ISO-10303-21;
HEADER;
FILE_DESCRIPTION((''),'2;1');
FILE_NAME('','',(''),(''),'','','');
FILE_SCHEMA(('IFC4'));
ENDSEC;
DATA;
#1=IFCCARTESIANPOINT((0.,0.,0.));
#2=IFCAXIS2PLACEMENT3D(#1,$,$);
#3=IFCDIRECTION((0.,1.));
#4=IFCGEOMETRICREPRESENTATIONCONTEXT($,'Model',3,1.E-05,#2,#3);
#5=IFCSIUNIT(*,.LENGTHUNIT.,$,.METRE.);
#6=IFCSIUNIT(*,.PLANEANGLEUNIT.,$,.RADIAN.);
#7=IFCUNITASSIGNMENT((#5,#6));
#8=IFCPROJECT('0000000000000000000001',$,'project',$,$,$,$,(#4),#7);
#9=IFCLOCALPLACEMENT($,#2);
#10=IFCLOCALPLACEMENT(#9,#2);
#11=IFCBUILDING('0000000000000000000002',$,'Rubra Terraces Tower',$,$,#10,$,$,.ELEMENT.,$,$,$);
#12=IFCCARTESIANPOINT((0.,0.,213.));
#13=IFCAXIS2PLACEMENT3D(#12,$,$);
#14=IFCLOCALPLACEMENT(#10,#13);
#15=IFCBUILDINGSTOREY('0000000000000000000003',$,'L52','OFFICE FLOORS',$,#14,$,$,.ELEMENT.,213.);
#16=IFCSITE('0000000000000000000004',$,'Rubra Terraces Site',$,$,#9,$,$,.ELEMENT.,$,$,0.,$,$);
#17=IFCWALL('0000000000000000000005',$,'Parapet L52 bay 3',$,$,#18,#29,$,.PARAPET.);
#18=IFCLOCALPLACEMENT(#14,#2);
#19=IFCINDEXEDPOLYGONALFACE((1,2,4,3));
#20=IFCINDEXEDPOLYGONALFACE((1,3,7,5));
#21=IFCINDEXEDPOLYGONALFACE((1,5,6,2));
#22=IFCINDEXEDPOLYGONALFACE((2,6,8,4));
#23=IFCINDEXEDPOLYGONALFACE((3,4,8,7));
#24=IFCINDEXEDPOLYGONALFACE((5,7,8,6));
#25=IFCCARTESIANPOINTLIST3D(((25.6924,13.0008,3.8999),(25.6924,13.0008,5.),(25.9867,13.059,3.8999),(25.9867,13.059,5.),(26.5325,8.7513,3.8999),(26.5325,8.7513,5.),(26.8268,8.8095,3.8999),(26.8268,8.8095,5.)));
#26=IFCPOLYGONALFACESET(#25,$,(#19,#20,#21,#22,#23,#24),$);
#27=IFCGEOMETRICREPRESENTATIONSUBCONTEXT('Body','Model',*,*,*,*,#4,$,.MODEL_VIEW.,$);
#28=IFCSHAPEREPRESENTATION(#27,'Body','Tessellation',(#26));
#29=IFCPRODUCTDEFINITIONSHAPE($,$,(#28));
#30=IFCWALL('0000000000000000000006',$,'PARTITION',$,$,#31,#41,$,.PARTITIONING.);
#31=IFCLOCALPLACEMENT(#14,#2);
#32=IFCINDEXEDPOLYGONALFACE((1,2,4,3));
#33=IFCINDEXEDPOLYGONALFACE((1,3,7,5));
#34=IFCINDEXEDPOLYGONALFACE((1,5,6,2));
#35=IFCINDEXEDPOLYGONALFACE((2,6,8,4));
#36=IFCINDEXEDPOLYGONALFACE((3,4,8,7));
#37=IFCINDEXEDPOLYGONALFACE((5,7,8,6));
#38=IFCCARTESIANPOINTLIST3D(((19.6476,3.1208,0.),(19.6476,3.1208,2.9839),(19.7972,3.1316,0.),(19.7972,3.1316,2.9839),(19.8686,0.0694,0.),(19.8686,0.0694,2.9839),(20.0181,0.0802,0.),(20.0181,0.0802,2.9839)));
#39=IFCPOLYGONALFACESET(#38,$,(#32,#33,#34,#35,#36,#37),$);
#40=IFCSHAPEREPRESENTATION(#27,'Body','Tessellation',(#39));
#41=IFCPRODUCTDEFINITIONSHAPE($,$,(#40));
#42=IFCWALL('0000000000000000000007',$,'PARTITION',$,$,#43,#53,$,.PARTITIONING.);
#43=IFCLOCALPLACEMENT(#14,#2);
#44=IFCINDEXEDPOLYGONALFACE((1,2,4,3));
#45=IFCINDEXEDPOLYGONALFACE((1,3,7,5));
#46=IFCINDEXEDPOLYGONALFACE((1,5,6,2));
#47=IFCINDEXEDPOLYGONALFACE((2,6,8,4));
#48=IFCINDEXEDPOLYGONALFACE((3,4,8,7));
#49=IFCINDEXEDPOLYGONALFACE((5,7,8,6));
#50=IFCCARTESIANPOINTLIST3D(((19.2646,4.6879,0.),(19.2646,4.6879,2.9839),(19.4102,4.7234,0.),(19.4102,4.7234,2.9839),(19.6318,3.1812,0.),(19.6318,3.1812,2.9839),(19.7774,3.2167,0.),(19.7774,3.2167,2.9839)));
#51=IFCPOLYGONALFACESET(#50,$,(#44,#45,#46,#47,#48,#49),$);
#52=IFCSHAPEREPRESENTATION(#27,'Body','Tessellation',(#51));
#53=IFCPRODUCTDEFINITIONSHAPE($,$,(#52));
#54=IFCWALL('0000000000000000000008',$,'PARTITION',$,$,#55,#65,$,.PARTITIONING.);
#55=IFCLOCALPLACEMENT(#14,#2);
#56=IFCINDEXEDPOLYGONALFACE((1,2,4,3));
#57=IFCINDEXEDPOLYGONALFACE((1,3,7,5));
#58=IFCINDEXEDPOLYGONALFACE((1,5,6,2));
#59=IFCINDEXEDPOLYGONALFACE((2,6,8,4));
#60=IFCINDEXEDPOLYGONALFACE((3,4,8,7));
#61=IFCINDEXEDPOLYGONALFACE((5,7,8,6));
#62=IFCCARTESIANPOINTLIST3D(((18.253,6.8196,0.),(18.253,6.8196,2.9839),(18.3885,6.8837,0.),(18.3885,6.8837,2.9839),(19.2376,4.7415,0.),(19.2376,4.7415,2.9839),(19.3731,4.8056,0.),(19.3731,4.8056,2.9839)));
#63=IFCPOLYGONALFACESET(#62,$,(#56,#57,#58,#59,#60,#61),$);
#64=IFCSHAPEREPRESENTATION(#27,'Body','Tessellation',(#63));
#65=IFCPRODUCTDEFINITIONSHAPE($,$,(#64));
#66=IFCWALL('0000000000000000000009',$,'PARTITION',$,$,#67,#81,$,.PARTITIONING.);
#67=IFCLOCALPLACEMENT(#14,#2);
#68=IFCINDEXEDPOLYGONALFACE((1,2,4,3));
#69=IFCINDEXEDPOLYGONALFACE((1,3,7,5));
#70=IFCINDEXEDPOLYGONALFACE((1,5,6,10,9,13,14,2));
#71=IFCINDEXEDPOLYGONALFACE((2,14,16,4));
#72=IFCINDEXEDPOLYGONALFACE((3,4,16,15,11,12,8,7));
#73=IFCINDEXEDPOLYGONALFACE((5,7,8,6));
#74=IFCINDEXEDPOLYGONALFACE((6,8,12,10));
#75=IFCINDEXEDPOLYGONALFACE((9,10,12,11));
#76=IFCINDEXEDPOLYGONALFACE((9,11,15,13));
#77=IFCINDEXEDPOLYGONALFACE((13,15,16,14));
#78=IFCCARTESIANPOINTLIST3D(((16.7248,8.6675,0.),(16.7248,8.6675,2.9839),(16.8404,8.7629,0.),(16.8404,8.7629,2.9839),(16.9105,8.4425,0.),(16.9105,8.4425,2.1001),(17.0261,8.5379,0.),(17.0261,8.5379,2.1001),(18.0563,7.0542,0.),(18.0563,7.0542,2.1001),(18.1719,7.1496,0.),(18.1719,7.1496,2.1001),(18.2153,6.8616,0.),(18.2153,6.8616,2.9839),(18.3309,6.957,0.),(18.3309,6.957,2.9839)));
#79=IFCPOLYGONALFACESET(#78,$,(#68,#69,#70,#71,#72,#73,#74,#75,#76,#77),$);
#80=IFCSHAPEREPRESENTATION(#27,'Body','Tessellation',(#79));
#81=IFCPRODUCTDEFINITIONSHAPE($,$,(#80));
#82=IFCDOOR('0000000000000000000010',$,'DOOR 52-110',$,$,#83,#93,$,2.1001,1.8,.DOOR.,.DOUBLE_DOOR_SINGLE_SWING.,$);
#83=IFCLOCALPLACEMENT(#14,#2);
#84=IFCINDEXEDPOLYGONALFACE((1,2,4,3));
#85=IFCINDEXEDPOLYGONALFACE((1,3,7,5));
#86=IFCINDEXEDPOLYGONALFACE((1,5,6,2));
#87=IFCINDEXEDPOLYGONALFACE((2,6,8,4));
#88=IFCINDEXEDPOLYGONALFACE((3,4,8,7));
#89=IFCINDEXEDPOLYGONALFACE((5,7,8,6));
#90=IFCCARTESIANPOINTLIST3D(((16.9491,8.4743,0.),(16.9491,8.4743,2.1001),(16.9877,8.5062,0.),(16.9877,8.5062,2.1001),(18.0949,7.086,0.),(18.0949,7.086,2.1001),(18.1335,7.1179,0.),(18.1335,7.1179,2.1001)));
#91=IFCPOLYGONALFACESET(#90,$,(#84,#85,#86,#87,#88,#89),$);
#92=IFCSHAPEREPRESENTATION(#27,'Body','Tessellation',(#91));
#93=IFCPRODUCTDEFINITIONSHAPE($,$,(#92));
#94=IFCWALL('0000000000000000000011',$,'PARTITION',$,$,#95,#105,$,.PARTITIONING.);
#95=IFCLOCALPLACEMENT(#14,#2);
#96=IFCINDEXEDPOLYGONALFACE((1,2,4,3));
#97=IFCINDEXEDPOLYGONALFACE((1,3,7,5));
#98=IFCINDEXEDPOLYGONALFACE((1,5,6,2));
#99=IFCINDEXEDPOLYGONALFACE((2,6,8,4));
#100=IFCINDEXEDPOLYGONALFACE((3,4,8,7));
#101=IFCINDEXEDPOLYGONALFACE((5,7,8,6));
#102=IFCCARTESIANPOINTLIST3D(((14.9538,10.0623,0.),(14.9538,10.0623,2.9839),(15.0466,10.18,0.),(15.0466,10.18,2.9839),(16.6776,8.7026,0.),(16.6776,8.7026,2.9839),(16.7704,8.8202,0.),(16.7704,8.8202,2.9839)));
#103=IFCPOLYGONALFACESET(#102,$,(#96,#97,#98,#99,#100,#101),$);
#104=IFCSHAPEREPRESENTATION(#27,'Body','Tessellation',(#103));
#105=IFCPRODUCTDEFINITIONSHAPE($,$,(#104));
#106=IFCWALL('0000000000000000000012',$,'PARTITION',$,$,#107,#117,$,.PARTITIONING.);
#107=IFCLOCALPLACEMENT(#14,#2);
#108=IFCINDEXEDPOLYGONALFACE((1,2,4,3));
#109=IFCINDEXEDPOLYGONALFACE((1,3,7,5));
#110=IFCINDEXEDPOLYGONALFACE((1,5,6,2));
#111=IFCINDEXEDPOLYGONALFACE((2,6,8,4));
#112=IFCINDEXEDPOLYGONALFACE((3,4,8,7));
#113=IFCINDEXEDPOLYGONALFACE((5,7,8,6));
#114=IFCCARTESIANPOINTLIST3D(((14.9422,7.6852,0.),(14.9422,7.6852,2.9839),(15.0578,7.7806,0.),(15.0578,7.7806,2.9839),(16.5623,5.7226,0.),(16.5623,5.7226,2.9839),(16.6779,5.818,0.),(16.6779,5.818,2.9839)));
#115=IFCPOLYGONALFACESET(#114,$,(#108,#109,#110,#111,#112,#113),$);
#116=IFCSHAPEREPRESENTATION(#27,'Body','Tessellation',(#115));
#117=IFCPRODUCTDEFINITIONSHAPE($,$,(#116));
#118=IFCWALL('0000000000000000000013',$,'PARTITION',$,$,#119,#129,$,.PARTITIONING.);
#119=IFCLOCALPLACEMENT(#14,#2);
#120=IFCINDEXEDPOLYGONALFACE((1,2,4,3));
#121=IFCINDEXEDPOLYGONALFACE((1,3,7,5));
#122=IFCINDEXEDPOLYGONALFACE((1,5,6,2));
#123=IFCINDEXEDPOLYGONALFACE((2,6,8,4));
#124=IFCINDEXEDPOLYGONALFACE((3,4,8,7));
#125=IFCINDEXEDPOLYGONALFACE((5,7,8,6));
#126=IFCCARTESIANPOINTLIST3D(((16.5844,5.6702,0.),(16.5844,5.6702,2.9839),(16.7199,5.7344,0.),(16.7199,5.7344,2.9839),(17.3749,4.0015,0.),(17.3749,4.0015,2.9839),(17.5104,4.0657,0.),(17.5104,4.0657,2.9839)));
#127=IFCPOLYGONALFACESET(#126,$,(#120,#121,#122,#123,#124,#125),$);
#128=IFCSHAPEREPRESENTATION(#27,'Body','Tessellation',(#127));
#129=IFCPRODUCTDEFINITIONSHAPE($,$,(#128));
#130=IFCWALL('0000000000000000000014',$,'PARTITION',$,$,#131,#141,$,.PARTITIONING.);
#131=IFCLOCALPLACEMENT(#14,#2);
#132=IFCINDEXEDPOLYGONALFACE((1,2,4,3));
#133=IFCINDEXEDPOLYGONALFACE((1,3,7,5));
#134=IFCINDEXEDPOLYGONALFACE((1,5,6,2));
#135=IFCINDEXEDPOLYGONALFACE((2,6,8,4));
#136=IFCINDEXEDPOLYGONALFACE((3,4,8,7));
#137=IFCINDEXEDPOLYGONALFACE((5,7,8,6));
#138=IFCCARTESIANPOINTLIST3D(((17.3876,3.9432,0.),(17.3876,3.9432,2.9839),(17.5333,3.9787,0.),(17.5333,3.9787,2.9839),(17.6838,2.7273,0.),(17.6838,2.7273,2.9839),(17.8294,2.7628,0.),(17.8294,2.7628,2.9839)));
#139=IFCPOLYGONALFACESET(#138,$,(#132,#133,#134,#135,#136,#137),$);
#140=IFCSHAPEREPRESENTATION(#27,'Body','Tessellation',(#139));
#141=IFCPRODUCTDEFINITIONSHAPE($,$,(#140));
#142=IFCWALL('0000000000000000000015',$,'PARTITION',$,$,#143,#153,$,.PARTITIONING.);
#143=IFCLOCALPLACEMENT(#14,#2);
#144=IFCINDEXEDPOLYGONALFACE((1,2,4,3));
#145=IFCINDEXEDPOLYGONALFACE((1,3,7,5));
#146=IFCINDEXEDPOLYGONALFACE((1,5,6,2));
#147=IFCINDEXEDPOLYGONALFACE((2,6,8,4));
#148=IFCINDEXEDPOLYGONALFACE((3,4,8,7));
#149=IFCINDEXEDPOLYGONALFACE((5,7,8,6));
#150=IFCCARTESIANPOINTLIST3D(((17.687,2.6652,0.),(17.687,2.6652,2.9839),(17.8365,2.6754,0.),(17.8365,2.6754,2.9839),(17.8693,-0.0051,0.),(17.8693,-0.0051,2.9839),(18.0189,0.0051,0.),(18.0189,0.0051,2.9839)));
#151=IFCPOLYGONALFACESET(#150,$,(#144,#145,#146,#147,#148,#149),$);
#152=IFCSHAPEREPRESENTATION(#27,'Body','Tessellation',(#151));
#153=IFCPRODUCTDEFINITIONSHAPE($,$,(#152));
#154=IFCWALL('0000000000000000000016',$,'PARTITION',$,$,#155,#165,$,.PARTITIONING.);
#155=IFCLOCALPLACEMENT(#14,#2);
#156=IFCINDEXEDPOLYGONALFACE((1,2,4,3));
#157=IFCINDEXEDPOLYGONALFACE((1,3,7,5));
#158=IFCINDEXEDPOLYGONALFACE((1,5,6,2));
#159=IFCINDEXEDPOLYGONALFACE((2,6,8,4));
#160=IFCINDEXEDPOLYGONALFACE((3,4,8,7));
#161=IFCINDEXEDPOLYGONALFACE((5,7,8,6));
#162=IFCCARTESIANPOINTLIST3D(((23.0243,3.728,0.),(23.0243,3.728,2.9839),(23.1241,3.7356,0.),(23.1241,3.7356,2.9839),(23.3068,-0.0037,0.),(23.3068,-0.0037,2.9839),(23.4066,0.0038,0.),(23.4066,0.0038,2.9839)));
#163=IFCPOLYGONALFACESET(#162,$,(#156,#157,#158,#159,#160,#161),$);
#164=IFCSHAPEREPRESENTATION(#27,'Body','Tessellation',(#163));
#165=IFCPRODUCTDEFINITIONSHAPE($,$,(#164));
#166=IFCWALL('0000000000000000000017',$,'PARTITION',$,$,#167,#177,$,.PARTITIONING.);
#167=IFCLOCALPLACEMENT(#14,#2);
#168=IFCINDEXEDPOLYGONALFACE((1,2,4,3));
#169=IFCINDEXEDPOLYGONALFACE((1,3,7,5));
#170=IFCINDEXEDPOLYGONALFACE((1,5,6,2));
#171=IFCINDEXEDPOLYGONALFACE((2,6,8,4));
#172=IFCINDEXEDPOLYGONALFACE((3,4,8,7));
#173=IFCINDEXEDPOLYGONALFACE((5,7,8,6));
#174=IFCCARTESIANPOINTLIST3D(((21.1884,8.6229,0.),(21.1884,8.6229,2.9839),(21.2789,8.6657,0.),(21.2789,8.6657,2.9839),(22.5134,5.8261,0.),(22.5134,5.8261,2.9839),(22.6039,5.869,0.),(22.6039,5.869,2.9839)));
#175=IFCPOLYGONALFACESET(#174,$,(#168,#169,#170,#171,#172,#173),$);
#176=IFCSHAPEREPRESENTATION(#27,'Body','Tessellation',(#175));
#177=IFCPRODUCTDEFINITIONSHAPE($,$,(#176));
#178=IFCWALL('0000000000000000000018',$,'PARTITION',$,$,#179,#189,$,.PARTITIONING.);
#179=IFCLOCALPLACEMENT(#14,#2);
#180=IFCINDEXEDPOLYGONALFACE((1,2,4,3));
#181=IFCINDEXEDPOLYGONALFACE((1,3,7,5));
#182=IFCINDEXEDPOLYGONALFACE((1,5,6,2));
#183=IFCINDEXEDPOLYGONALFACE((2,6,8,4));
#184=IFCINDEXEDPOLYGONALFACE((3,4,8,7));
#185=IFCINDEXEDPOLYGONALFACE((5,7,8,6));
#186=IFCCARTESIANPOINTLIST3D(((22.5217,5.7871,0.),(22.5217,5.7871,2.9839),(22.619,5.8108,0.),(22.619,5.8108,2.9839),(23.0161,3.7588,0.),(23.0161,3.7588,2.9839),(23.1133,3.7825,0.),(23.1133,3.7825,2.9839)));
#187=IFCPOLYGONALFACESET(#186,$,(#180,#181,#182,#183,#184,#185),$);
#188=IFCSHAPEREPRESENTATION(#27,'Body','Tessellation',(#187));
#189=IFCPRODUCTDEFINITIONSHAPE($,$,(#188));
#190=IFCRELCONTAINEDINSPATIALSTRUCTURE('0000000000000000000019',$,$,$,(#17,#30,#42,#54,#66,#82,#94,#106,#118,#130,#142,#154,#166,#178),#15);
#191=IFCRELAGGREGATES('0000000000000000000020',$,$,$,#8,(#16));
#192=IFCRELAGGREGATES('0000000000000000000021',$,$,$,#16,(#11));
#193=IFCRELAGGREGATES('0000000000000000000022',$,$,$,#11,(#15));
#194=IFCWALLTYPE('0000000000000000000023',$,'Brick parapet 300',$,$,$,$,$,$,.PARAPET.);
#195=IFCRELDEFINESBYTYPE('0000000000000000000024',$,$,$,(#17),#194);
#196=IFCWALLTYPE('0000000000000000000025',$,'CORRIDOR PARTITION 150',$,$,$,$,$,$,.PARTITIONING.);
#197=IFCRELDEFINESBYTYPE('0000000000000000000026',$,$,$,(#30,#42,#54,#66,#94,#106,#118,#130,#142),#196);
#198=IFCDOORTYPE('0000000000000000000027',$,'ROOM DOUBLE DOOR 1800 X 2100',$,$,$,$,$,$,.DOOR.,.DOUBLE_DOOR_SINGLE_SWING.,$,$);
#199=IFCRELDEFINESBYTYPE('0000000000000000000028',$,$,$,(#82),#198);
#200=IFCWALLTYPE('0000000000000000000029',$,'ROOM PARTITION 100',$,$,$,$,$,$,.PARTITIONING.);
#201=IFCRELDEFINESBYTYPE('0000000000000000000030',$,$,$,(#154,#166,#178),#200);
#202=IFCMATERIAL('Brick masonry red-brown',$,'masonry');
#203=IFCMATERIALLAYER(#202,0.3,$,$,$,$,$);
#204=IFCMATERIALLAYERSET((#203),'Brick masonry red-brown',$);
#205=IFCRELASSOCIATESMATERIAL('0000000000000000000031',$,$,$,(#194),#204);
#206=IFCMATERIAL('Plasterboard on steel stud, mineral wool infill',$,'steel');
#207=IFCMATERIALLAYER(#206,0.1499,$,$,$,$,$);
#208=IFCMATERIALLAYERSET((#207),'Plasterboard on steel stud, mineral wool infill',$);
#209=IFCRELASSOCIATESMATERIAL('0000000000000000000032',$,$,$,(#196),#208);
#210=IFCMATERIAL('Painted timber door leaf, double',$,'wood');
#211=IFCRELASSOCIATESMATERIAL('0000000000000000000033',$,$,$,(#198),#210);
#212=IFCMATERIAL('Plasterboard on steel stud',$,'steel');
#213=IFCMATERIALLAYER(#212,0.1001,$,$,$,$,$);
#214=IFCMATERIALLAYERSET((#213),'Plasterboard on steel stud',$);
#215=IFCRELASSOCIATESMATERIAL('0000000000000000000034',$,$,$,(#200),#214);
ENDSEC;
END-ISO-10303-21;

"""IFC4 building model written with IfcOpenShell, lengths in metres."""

from ifc_helpers import new_model, si_unit, direction, frame, frame_2d, origin, place, context, subcontext, project, spatial, rectangle, extrude, material, layer, layer_set, type_object, element, fill, save


model = new_model("IFC4")

# Units and contexts
model_context = context("Model", 3, precision=1e-05, world=origin(), true_north=direction((0.0, 1.0)))
body_context = subcontext(model_context, "Body", "Model", "MODEL_VIEW")
ifc_project = project(units=[si_unit("LENGTHUNIT", "METRE"), si_unit("PLANEANGLEUNIT", "RADIAN")], contexts=[model_context])

# Site, building, storey
site_placement = place(None, origin())
site = spatial("IfcSite", under=ifc_project, at=site_placement, Name="Rubra Terraces Site", CompositionType="ELEMENT", RefElevation=0.0)
building_placement = place(site_placement, origin())
building = spatial("IfcBuilding", under=site, at=building_placement, Name="Rubra Terraces Tower", CompositionType="ELEMENT")
storey_placement = place(building_placement, frame((0.0, 0.0, 213.0)))
storey = spatial("IfcBuildingStorey", under=building, at=storey_placement, Name="L52", Description="OFFICE FLOORS", CompositionType="ELEMENT", Elevation=213.0)

# Shared definitions
ifc_material_1 = material(Name="Brick masonry red-brown", Category="masonry")

# Walls
ifc_layer_1 = layer(ifc_material_1, 0.3)
ifc_layer_set_1 = layer_set([ifc_layer_1], Name="Brick masonry red-brown")
wall_type_1 = type_object("IfcWallType", Name="Brick parapet 300", PredefinedType="PARAPET", material=ifc_layer_set_1)
wall_1_placement = place(storey_placement, frame((26.6797, 8.7803, 3.8999), z_axis=(0.0, 0.0, 1.0), x_axis=(-0.193937, 0.981014, 0.0)))
element("IfcWall", 1, at=wall_1_placement, inside=storey, type_object=wall_type_1, Name="Parapet L52 bay 3", PredefinedType="PARAPET", context=body_context, shape_type="SweptSolid", body=[
    extrude(rectangle(XDim=4.3318, YDim=0.3, at=frame_2d((2.166, 0.0))), origin(), (0.0, 0.0, 1.0), 1.1001),
])
ifc_material_2 = material(Name="Plasterboard on steel stud, mineral wool infill", Category="steel")
ifc_layer_2 = layer(ifc_material_2, 0.1499)
ifc_layer_set_2 = layer_set([ifc_layer_2], Name="Plasterboard on steel stud, mineral wool infill")
wall_type_2 = type_object("IfcWallType", Name="CORRIDOR PARTITION 150", PredefinedType="PARTITIONING", material=ifc_layer_set_2)
wall_2_placement = place(storey_placement, frame((19.9434, 0.0747, 0.0), z_axis=(0.0, 0.0, 1.0), x_axis=(-0.072222, 0.997389, 0.0)))
element("IfcWall", 2, at=wall_2_placement, inside=storey, type_object=wall_type_2, Name="PARTITION", PredefinedType="PARTITIONING", context=body_context, shape_type="SweptSolid", body=[
    extrude(rectangle(XDim=3.0593, YDim=0.1499, at=frame_2d((1.5298, 0.0))), origin(), (0.0, 0.0, 1.0), 2.9839),
])
wall_3_placement = place(storey_placement, frame((19.7046, 3.199, 0.0), z_axis=(0.0, 0.0, 1.0), x_axis=(-0.236789, 0.971561, 0.0)))
element("IfcWall", 3, at=wall_3_placement, inside=storey, type_object=wall_type_2, Name="PARTITION", PredefinedType="PARTITIONING", context=body_context, shape_type="SweptSolid", body=[
    extrude(rectangle(XDim=1.5508, YDim=0.1499, at=frame_2d((0.7754, 0.0))), origin(), (0.0, 0.0, 1.0), 2.9839),
])
wall_4_placement = place(storey_placement, frame((19.3054, 4.7734, 0.0), z_axis=(0.0, 0.0, 1.0), x_axis=(-0.428173, 0.903697, 0.0)))
element("IfcWall", 4, at=wall_4_placement, inside=storey, type_object=wall_type_2, Name="PARTITION", PredefinedType="PARTITIONING", context=body_context, shape_type="SweptSolid", body=[
    extrude(rectangle(XDim=2.2996, YDim=0.1499, at=frame_2d((1.1499, 0.0))), origin(), (0.0, 0.0, 1.0), 2.9839),
])

# Wall, opening, door
wall_5_placement = place(storey_placement, frame((18.2732, 6.9092, 0.0), z_axis=(0.0, 0.0, 1.0), x_axis=(-0.636536, 0.771247, 0.0)))
wall_5 = element("IfcWall", 5, at=wall_5_placement, inside=storey, type_object=wall_type_2, Name="PARTITION", PredefinedType="PARTITIONING", context=body_context, shape_type="SweptSolid", body=[
    extrude(rectangle(XDim=2.3416, YDim=0.1499, at=frame_2d((1.1709, 0.0))), origin(), (0.0, 0.0, 1.0), 2.9839),
])
opening_1_placement = place(wall_5_placement, frame((0.25, 0.0, 0.0)))
opening_1 = element("IfcOpeningElement", 6, at=opening_1_placement, cuts=wall_5, PredefinedType="OPENING", context=body_context, shape_type="SweptSolid", body=[
    extrude(rectangle(XDim=1.8, YDim=2.1001, at=frame_2d((0.8999, 1.05))), frame((0.0, 0.085, 0.0), z_axis=(0.0, -1.0, 0.0), x_axis=(1.0, 0.0, 0.0)), (0.0, 0.0, 1.0), 0.1699),
])
ifc_material_3 = material(Name="Painted timber door leaf, double", Category="wood")
door_type = type_object("IfcDoorType", Name="ROOM DOUBLE DOOR 1800 X 2100", OperationType="DOUBLE_DOOR_SINGLE_SWING", PredefinedType="DOOR", material=ifc_material_3)
door_placement = place(opening_1_placement, origin())
door = element("IfcDoor", 7, at=door_placement, inside=storey, type_object=door_type, Name="DOOR 52-110", OperationType="DOUBLE_DOOR_SINGLE_SWING", OverallHeight=2.1001, OverallWidth=1.8, PredefinedType="DOOR", context=body_context, shape_type="SweptSolid", body=[
    extrude(rectangle(XDim=1.8, YDim=2.1001, at=frame_2d((0.8999, 1.05))), frame((0.0, 0.0249, 0.0), z_axis=(0.0, -1.0, 0.0), x_axis=(1.0, 0.0, 0.0)), (0.0, 0.0, 1.0), 0.05),
])
fill(opening_1, door)

# Walls
wall_6_placement = place(storey_placement, frame((16.7239, 8.7615, 0.0), z_axis=(0.0, 0.0, 1.0), x_axis=(-0.785125, 0.619338, 0.0)))
element("IfcWall", 8, at=wall_6_placement, inside=storey, type_object=wall_type_2, Name="PARTITION", PredefinedType="PARTITIONING", context=body_context, shape_type="SweptSolid", body=[
    extrude(rectangle(XDim=2.1956, YDim=0.1499, at=frame_2d((1.0977, 0.0))), origin(), (0.0, 0.0, 1.0), 2.9839),
])
wall_7_placement = place(storey_placement, frame((15.0, 7.7329, 0.0), z_axis=(0.0, 0.0, 1.0), x_axis=(0.636601, -0.771193, 0.0)))
element("IfcWall", 9, at=wall_7_placement, inside=storey, type_object=wall_type_2, Name="PARTITION", PredefinedType="PARTITIONING", context=body_context, shape_type="SweptSolid", body=[
    extrude(rectangle(XDim=2.5449, YDim=0.1499, at=frame_2d((1.2725, 0.0))), origin(), (0.0, 0.0, 1.0), 2.9839),
])
wall_8_placement = place(storey_placement, frame((16.6521, 5.7024, 0.0), z_axis=(0.0, 0.0, 1.0), x_axis=(0.428126, -0.903719, 0.0)))
element("IfcWall", 10, at=wall_8_placement, inside=storey, type_object=wall_type_2, Name="PARTITION", PredefinedType="PARTITIONING", context=body_context, shape_type="SweptSolid", body=[
    extrude(rectangle(XDim=1.8464, YDim=0.1499, at=frame_2d((0.9233, 0.0))), origin(), (0.0, 0.0, 1.0), 2.9839),
])
wall_9_placement = place(storey_placement, frame((17.4604, 3.9609, 0.0), z_axis=(0.0, 0.0, 1.0), x_axis=(0.236655, -0.971594, 0.0)))
element("IfcWall", 11, at=wall_9_placement, inside=storey, type_object=wall_type_2, Name="PARTITION", PredefinedType="PARTITIONING", context=body_context, shape_type="SweptSolid", body=[
    extrude(rectangle(XDim=1.2515, YDim=0.1499, at=frame_2d((0.6257, 0.0))), origin(), (0.0, 0.0, 1.0), 2.9839),
])
wall_10_placement = place(storey_placement, frame((17.7617, 2.6704, 0.0), z_axis=(0.0, 0.0, 1.0), x_axis=(0.068135, -0.997676, 0.0)))
element("IfcWall", 12, at=wall_10_placement, inside=storey, type_object=wall_type_2, Name="PARTITION", PredefinedType="PARTITIONING", context=body_context, shape_type="SweptSolid", body=[
    extrude(rectangle(XDim=2.6765, YDim=0.1499, at=frame_2d((1.3384, 0.0))), origin(), (0.0, 0.0, 1.0), 2.9839),
])
ifc_material_4 = material(Name="Plasterboard on steel stud", Category="steel")
ifc_layer_3 = layer(ifc_material_4, 0.1001)
ifc_layer_set_3 = layer_set([ifc_layer_3], Name="Plasterboard on steel stud")
wall_type_3 = type_object("IfcWallType", Name="ROOM PARTITION 100", PredefinedType="PARTITIONING", material=ifc_layer_set_3)
wall_11_placement = place(storey_placement, frame((23.0742, 3.7317, 0.0), z_axis=(0.0, 0.0, 1.0), x_axis=(0.075479, -0.997147, 0.0)))
element("IfcWall", 13, at=wall_11_placement, inside=storey, type_object=wall_type_3, Name="PARTITION", PredefinedType="PARTITIONING", context=body_context, shape_type="SweptSolid", body=[
    extrude(rectangle(XDim=3.7424, YDim=0.1001, at=frame_2d((1.8711, 0.0))), origin(), (0.0, 0.0, 1.0), 2.9839),
])
wall_12_placement = place(storey_placement, frame((21.2336, 8.6443, 0.0), z_axis=(0.0, 0.0, 1.0), x_axis=(0.428147, -0.903709, 0.0)))
element("IfcWall", 14, at=wall_12_placement, inside=storey, type_object=wall_type_3, Name="PARTITION", PredefinedType="PARTITIONING", context=body_context, shape_type="SweptSolid", body=[
    extrude(rectangle(XDim=3.0947, YDim=0.1001, at=frame_2d((1.5474, 0.0))), origin(), (0.0, 0.0, 1.0), 2.9839),
])
wall_13_placement = place(storey_placement, frame((22.5703, 5.7991, 0.0), z_axis=(0.0, 0.0, 1.0), x_axis=(0.236808, -0.971556, 0.0)))
element("IfcWall", 15, at=wall_13_placement, inside=storey, type_object=wall_type_3, Name="PARTITION", PredefinedType="PARTITIONING", context=body_context, shape_type="SweptSolid", body=[
    extrude(rectangle(XDim=2.0876, YDim=0.1001, at=frame_2d((1.0439, 0.0))), origin(), (0.0, 0.0, 1.0), 2.9839),
])

save(model, "model.ifc")
